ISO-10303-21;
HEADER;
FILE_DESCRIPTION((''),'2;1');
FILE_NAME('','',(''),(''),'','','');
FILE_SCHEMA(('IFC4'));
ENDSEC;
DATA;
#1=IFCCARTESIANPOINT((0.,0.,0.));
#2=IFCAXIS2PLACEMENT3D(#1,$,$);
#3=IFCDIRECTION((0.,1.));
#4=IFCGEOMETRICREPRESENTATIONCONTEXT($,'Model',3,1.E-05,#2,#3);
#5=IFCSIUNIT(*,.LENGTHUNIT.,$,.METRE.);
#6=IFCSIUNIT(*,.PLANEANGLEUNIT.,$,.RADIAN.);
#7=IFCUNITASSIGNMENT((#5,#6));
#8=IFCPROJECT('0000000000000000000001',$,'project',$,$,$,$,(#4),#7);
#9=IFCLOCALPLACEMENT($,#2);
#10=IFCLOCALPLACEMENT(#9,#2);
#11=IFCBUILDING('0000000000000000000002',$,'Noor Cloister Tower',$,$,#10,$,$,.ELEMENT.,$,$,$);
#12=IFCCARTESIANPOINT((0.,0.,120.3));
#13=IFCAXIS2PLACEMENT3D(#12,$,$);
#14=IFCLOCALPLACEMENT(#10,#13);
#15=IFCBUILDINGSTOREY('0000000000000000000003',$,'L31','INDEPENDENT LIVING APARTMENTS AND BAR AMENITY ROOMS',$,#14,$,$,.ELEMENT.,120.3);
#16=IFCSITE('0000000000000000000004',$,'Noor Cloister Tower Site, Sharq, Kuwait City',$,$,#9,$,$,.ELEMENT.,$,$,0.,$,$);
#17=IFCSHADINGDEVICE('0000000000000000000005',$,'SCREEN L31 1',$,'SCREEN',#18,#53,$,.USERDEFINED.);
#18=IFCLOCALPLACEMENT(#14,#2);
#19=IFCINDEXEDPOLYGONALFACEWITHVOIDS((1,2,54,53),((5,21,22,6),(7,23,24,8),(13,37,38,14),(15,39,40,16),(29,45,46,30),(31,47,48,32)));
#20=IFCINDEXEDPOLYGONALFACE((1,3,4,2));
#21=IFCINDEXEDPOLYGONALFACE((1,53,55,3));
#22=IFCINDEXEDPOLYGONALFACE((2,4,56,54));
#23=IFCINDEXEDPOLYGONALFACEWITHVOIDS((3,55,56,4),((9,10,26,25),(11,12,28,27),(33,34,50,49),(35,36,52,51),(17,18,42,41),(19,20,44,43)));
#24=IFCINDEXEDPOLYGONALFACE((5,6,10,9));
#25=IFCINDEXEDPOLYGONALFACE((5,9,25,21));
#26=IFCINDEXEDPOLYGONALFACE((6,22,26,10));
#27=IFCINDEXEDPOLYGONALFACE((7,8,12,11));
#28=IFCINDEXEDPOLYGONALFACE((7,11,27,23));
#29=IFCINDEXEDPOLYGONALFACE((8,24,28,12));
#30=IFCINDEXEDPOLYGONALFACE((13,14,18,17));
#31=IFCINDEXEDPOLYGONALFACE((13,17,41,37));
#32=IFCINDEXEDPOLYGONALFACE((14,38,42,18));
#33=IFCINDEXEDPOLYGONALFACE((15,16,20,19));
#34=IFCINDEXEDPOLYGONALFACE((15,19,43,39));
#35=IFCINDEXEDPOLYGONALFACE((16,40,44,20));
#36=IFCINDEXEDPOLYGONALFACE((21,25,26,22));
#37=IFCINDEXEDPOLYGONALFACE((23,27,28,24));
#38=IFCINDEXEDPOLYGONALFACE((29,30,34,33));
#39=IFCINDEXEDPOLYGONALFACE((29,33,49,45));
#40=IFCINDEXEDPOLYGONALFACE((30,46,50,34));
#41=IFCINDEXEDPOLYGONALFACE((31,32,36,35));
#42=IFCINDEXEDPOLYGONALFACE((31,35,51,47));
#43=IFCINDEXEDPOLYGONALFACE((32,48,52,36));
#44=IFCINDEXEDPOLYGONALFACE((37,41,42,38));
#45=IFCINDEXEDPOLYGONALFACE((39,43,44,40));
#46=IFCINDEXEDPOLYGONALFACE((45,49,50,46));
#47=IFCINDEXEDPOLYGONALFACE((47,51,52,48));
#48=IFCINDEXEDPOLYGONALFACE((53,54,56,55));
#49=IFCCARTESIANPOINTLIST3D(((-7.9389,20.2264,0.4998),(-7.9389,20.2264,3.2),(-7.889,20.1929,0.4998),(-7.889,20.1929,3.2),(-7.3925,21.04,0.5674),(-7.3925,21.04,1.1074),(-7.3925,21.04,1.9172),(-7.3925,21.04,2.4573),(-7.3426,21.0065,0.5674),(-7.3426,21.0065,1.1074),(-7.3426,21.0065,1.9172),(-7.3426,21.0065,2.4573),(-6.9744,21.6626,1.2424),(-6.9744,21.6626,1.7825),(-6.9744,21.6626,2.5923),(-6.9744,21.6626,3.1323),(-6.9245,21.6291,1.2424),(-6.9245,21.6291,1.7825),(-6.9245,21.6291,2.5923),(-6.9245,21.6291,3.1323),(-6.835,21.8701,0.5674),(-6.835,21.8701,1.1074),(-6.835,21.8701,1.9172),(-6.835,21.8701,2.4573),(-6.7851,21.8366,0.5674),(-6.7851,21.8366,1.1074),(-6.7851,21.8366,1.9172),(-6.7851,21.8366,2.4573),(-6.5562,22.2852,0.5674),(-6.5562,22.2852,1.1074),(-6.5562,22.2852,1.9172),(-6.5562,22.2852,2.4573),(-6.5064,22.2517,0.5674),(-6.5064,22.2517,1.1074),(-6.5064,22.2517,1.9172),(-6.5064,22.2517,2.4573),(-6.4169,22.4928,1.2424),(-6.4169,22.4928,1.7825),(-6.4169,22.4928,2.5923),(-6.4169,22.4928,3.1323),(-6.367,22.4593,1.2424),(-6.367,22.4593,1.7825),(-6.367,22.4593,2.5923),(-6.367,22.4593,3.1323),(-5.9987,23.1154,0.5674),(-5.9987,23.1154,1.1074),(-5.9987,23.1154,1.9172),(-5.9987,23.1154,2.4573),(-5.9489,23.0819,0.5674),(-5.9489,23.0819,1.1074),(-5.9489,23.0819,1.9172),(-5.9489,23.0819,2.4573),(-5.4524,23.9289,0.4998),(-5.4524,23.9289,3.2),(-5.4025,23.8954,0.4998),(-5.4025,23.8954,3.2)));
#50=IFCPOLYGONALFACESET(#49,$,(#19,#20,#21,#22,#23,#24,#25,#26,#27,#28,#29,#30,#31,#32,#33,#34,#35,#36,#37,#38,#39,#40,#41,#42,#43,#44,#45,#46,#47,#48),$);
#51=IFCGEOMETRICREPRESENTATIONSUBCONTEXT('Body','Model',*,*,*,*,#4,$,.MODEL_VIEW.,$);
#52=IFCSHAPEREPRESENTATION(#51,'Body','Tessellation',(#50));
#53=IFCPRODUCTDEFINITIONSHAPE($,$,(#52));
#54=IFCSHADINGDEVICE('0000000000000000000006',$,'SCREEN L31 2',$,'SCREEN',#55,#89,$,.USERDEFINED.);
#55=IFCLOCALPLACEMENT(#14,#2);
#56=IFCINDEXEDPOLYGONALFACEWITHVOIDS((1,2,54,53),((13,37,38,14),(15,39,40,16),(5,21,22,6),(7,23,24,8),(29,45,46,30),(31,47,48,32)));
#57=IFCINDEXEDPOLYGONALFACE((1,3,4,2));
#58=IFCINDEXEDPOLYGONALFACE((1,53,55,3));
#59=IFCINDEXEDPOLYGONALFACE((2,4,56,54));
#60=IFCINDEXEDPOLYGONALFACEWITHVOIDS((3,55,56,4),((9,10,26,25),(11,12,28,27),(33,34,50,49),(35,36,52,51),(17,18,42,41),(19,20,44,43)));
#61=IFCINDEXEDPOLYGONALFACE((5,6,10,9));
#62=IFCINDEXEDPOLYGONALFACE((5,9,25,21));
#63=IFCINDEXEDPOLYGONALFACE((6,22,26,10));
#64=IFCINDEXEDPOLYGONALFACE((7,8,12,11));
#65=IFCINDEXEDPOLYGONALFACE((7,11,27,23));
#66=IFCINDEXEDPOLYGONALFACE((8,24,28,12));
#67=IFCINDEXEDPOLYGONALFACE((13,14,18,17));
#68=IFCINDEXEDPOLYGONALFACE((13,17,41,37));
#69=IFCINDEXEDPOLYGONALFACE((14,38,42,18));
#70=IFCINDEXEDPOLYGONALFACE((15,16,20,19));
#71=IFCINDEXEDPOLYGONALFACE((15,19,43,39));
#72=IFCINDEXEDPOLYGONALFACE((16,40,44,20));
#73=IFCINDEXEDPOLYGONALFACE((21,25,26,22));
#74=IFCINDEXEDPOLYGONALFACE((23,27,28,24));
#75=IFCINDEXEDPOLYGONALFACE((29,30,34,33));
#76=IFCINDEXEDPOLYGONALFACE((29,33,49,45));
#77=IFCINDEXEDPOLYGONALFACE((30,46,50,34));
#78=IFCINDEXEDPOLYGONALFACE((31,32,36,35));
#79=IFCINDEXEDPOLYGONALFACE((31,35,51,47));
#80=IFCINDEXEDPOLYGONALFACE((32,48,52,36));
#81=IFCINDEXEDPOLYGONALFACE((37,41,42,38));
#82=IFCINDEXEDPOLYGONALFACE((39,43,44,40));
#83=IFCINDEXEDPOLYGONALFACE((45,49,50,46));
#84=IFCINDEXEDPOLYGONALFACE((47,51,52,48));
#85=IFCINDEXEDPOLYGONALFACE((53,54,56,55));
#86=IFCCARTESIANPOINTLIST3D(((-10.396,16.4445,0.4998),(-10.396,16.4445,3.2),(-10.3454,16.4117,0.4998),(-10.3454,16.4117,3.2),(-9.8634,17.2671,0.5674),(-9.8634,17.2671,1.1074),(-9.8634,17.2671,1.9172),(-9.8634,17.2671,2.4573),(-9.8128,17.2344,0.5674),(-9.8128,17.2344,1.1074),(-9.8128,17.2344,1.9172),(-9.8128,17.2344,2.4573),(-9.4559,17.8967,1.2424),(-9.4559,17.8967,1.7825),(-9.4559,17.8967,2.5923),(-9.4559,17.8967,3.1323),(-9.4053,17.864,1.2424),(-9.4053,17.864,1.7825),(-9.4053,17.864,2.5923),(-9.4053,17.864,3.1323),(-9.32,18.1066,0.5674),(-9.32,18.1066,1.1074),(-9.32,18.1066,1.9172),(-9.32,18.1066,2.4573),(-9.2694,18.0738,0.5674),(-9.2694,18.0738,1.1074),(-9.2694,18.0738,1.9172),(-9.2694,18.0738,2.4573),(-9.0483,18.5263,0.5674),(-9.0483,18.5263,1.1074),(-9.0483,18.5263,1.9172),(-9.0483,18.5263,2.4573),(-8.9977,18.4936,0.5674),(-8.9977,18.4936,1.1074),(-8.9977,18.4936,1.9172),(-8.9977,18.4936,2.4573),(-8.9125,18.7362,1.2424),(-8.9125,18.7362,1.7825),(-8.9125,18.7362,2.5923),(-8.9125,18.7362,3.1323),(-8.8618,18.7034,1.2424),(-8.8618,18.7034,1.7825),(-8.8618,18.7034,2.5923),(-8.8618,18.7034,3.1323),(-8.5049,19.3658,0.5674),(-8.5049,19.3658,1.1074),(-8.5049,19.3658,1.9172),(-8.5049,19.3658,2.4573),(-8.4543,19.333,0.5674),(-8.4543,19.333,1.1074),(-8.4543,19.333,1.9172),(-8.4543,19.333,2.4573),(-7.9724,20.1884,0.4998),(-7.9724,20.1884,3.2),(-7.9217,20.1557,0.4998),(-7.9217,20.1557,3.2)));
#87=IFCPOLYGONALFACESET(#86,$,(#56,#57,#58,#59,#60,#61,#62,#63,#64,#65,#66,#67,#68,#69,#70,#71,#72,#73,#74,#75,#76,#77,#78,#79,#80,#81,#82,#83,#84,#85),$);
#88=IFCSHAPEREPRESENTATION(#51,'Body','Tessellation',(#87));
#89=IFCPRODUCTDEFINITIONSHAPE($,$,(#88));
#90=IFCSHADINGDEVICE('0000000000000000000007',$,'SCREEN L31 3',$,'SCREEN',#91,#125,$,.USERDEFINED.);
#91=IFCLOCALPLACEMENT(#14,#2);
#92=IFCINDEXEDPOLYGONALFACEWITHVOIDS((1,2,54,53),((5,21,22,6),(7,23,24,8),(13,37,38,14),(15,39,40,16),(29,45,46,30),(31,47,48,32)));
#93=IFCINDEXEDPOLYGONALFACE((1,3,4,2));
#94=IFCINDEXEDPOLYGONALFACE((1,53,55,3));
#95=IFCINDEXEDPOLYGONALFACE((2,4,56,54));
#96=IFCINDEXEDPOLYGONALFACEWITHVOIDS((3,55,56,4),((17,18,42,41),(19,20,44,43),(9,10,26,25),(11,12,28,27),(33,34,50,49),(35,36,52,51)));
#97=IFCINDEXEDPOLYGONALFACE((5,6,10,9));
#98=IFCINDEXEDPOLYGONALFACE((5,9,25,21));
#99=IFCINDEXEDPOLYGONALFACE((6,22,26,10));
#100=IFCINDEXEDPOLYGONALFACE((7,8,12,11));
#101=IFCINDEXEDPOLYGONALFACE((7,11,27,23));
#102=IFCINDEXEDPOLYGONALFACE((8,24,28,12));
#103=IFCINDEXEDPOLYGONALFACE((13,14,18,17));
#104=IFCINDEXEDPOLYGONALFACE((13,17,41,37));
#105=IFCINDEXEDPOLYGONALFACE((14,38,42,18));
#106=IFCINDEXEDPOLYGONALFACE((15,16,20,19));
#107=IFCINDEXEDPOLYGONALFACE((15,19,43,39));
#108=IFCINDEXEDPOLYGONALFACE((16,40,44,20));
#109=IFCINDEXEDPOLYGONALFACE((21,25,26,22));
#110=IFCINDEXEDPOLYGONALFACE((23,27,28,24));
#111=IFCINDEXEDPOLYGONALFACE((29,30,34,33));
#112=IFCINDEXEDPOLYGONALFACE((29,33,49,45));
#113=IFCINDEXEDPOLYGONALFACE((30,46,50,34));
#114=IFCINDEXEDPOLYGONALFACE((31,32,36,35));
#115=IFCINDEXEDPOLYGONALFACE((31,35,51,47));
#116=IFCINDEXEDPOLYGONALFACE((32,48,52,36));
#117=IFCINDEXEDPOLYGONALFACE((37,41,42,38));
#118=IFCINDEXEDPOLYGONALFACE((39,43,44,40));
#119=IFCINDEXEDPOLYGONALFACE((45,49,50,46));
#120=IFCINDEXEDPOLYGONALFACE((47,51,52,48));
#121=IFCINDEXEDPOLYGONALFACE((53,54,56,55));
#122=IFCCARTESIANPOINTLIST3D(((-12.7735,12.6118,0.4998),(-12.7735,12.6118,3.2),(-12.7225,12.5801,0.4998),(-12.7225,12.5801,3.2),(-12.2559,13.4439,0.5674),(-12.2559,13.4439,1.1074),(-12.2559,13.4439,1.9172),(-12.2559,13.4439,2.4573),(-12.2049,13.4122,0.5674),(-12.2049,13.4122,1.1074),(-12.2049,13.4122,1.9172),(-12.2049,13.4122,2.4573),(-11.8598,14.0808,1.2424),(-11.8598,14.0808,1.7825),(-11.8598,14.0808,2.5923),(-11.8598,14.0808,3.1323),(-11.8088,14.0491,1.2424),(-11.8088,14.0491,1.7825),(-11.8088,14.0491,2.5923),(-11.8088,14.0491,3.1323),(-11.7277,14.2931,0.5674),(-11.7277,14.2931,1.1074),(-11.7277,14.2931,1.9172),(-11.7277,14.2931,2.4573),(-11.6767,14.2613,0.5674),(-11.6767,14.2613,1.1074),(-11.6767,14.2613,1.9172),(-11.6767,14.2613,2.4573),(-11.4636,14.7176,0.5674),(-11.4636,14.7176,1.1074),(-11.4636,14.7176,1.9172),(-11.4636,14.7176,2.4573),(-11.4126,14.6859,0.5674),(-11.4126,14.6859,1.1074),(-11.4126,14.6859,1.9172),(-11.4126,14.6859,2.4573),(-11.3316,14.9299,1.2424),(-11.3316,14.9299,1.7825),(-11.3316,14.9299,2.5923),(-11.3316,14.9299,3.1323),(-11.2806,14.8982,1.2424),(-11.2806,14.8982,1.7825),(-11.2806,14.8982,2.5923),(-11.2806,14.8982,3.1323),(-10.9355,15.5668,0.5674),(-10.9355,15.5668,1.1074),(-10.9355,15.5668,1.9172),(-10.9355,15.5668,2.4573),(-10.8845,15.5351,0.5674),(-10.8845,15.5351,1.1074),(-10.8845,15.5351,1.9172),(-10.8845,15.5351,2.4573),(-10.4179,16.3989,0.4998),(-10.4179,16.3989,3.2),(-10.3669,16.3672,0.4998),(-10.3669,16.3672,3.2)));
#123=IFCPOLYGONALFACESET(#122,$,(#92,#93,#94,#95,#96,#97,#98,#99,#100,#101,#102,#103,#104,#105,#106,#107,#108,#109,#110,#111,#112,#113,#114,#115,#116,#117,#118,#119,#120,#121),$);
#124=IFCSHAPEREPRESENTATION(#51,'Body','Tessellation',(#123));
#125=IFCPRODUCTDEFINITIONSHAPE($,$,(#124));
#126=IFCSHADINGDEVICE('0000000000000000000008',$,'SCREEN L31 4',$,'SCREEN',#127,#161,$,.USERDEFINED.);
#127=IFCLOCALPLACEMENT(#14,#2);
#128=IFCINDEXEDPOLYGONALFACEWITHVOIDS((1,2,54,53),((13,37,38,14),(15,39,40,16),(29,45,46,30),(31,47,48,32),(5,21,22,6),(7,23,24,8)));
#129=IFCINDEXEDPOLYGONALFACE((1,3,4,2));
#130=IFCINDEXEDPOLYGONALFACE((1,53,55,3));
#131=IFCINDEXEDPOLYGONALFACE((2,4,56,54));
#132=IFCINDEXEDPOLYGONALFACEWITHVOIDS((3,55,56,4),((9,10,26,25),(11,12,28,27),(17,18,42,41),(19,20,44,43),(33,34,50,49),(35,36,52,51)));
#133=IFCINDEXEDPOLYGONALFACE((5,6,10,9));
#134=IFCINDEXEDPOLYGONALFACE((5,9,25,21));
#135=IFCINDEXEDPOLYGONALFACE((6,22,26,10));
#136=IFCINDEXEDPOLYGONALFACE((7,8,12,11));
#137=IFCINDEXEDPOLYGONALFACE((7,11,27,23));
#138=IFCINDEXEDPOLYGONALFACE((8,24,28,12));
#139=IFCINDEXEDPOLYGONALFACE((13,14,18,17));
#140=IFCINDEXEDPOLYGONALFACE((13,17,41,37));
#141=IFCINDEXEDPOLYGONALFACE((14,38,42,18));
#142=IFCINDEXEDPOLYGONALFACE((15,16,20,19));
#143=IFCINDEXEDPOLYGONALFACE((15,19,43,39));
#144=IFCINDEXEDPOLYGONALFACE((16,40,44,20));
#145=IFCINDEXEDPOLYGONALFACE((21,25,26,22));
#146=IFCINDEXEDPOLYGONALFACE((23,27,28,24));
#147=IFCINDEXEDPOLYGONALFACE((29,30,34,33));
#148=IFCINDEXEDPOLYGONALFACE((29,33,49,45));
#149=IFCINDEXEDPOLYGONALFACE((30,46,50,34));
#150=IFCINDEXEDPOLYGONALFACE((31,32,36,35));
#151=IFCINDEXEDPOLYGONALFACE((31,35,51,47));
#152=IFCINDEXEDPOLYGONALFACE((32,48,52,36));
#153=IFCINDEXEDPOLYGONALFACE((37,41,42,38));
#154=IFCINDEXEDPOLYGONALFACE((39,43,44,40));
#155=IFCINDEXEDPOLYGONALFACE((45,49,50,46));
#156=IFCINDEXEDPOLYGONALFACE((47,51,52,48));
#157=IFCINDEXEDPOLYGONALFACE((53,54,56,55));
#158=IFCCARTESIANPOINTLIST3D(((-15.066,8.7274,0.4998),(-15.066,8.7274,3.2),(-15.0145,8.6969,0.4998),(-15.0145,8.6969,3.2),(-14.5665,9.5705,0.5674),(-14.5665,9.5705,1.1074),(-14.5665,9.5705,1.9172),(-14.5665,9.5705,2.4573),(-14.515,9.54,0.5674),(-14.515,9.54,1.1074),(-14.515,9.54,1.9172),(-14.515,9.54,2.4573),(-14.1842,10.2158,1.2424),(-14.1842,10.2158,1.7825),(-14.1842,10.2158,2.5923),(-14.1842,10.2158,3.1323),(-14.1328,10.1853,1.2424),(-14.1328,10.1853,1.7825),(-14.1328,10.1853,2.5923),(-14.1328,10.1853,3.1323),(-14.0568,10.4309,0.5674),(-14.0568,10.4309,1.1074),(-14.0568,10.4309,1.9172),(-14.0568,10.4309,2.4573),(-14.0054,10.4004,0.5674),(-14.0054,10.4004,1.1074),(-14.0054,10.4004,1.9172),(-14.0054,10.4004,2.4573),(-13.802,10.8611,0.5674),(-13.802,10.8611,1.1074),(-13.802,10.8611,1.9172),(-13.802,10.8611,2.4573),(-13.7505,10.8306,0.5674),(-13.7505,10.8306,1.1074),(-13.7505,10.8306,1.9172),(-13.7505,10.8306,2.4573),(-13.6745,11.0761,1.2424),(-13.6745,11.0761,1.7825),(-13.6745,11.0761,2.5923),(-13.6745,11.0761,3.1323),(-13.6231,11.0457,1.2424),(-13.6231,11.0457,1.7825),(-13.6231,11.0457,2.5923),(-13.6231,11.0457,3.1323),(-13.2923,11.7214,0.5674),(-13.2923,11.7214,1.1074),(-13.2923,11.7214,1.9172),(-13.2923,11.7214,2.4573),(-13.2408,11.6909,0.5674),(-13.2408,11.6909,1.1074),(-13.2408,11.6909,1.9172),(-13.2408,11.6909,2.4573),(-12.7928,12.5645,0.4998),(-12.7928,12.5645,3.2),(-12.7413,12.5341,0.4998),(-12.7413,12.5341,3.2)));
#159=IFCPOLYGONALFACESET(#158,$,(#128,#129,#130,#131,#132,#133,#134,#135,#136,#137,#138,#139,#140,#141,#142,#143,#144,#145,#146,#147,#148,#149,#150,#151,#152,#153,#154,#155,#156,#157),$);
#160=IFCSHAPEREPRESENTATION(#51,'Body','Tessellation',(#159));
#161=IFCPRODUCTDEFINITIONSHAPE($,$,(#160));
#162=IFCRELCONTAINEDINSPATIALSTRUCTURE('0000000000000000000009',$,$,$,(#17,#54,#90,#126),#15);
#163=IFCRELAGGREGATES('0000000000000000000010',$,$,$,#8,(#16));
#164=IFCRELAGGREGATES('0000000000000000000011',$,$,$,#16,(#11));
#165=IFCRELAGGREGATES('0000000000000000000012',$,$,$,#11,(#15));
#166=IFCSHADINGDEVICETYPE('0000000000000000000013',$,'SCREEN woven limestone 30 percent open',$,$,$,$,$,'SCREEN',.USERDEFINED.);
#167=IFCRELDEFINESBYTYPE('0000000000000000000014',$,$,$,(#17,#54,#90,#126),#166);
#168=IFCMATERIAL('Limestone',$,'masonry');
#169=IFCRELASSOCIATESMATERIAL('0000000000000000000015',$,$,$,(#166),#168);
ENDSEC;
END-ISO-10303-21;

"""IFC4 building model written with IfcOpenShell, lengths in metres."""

from ifc_helpers import new_model, si_unit, direction, frame, origin, place, context, subcontext, project, spatial, polyline, outline, extrude, material, material_profile, profile_set, type_object, element, save


model = new_model("IFC4")

# Units and contexts
model_context = context("Model", 3, precision=1e-05, world=origin(), true_north=direction((0.0, 1.0)))
body_context = subcontext(model_context, "Body", "Model", "MODEL_VIEW")
ifc_project = project(units=[si_unit("LENGTHUNIT", "METRE"), si_unit("PLANEANGLEUNIT", "RADIAN")], contexts=[model_context])

# Site, building, storey
site_placement = place(None, origin())
site = spatial("IfcSite", under=ifc_project, at=site_placement, Name="Noor Cloister Tower Site, Sharq, Kuwait City", CompositionType="ELEMENT", RefElevation=0.0)
building_placement = place(site_placement, origin())
building = spatial("IfcBuilding", under=site, at=building_placement, Name="Noor Cloister Tower", CompositionType="ELEMENT")
storey_placement = place(building_placement, frame((0.0, 0.0, 120.3)))
storey = spatial("IfcBuildingStorey", under=building, at=storey_placement, Name="L31", Description="INDEPENDENT LIVING APARTMENTS AND BAR AMENITY ROOMS", CompositionType="ELEMENT", Elevation=120.3)

# Shading devices
ifc_material_1 = material(Name="Limestone", Category="masonry")
ifc_material_profile_1 = material_profile(ifc_material_1, outline(polyline([(-2.23, -1.3501), (2.23, -1.3501), (2.23, 1.3501), (-2.23, 1.3501), (-2.23, -1.3501)]), holes=[polyline([(-1.25, -1.2825), (-0.25, -1.2825), (-0.25, -0.7424), (-1.25, -0.7424), (-1.25, -1.2825)]), polyline([(0.25, -1.2825), (1.25, -1.2825), (1.25, -0.7424), (0.25, -0.7424), (0.25, -1.2825)]), polyline([(-0.5, -0.6074), (0.5, -0.6074), (0.5, -0.0674), (-0.5, -0.0674), (-0.5, -0.6074)]), polyline([(-1.25, 0.0674), (-0.25, 0.0674), (-0.25, 0.6074), (-1.25, 0.6074), (-1.25, 0.0674)]), polyline([(0.25, 0.0674), (1.25, 0.0674), (1.25, 0.6074), (0.25, 0.6074), (0.25, 0.0674)]), polyline([(-0.5, 0.7424), (0.5, 0.7424), (0.5, 1.2825), (-0.5, 1.2825), (-0.5, 0.7424)])]), Name="Woven screen 30 percent open")
ifc_profile_set_1 = profile_set([ifc_material_profile_1], Name="Limestone")
shading_device_type = type_object("IfcShadingDeviceType", Name="SCREEN woven limestone 30 percent open", ElementType="SCREEN", PredefinedType="USERDEFINED", material=ifc_profile_set_1)
shading_device_1_placement = place(storey_placement, frame((-6.6458, 22.0442, 1.8499), z_axis=(-0.830167, 0.557514, 0.0), x_axis=(-0.557514, -0.830167, 0.0)))
element("IfcShadingDevice", 1, at=shading_device_1_placement, inside=storey, type_object=shading_device_type, Name="SCREEN L31 1", ObjectType="SCREEN", PredefinedType="USERDEFINED", context=body_context, shape_type="SweptSolid", body=[
    extrude(outline(polyline([(-2.23, -1.3501), (2.23, -1.3501), (2.23, 1.3501), (-2.23, 1.3501), (-2.23, -1.3501)]), holes=[polyline([(-1.25, -1.2825), (-0.25, -1.2825), (-0.25, -0.7424), (-1.25, -0.7424), (-1.25, -1.2825)]), polyline([(0.25, -1.2825), (1.25, -1.2825), (1.25, -0.7424), (0.25, -0.7424), (0.25, -1.2825)]), polyline([(-0.5, -0.6074), (0.5, -0.6074), (0.5, -0.0674), (-0.5, -0.0674), (-0.5, -0.6074)]), polyline([(-1.25, 0.0674), (-0.25, 0.0674), (-0.25, 0.6074), (-1.25, 0.6074), (-1.25, 0.0674)]), polyline([(0.25, 0.0674), (1.25, 0.0674), (1.25, 0.6074), (0.25, 0.6074), (0.25, 0.0674)]), polyline([(-0.5, 0.7424), (0.5, 0.7424), (0.5, 1.2825), (-0.5, 1.2825), (-0.5, 0.7424)])]), origin(), (0.0, 0.0, 1.0), 0.0601),
])
shading_device_2_placement = place(storey_placement, frame((-9.1335, 18.2837, 1.8499), z_axis=(-0.839461, 0.543419, 0.0), x_axis=(-0.543419, -0.839461, 0.0)))
element("IfcShadingDevice", 2, at=shading_device_2_placement, inside=storey, type_object=shading_device_type, Name="SCREEN L31 2", ObjectType="SCREEN", PredefinedType="USERDEFINED", context=body_context, shape_type="SweptSolid", body=[
    extrude(outline(polyline([(-2.23, -1.3501), (2.23, -1.3501), (2.23, 1.3501), (-2.23, 1.3501), (-2.23, -1.3501)]), holes=[polyline([(-1.25, -1.2825), (-0.25, -1.2825), (-0.25, -0.7424), (-1.25, -0.7424), (-1.25, -1.2825)]), polyline([(0.25, -1.2825), (1.25, -1.2825), (1.25, -0.7424), (0.25, -0.7424), (0.25, -1.2825)]), polyline([(-0.5, -0.6074), (0.5, -0.6074), (0.5, -0.0674), (-0.5, -0.0674), (-0.5, -0.6074)]), polyline([(-1.25, 0.0674), (-0.25, 0.0674), (-0.25, 0.6074), (-1.25, 0.6074), (-1.25, 0.0674)]), polyline([(0.25, 0.0674), (1.25, 0.0674), (1.25, 0.6074), (0.25, 0.6074), (0.25, 0.0674)]), polyline([(-0.5, 0.7424), (0.5, 0.7424), (0.5, 1.2825), (-0.5, 1.2825), (-0.5, 0.7424)])]), origin(), (0.0, 0.0, 1.0), 0.0603),
])
shading_device_3_placement = place(storey_placement, frame((-11.5447, 14.4736, 1.8499), z_axis=(-0.849138, 0.528172, 0.0), x_axis=(-0.528172, -0.849138, 0.0)))
element("IfcShadingDevice", 3, at=shading_device_3_placement, inside=storey, type_object=shading_device_type, Name="SCREEN L31 3", ObjectType="SCREEN", PredefinedType="USERDEFINED", context=body_context, shape_type="SweptSolid", body=[
    extrude(outline(polyline([(-2.23, -1.3501), (2.23, -1.3501), (2.23, 1.3501), (-2.23, 1.3501), (-2.23, -1.3501)]), holes=[polyline([(-1.25, -1.2825), (-0.25, -1.2825), (-0.25, -0.7424), (-1.25, -0.7424), (-1.25, -1.2825)]), polyline([(0.25, -1.2825), (1.25, -1.2825), (1.25, -0.7424), (0.25, -0.7424), (0.25, -1.2825)]), polyline([(-0.5, -0.6074), (0.5, -0.6074), (0.5, -0.0674), (-0.5, -0.0674), (-0.5, -0.6074)]), polyline([(-1.25, 0.0674), (-0.25, 0.0674), (-0.25, 0.6074), (-1.25, 0.6074), (-1.25, 0.0674)]), polyline([(0.25, 0.0674), (1.25, 0.0674), (1.25, 0.6074), (0.25, 0.6074), (0.25, 0.0674)]), polyline([(-0.5, 0.7424), (0.5, 0.7424), (0.5, 1.2825), (-0.5, 1.2825), (-0.5, 0.7424)])]), origin(), (0.0, 0.0, 1.0), 0.0601),
])
shading_device_4_placement = place(storey_placement, frame((-13.8779, 10.6155, 1.8499), z_axis=(-0.860358, 0.509691, 0.0), x_axis=(-0.509691, -0.860358, 0.0)))
element("IfcShadingDevice", 4, at=shading_device_4_placement, inside=storey, type_object=shading_device_type, Name="SCREEN L31 4", ObjectType="SCREEN", PredefinedType="USERDEFINED", context=body_context, shape_type="SweptSolid", body=[
    extrude(outline(polyline([(-2.23, -1.3501), (2.23, -1.3501), (2.23, 1.3501), (-2.23, 1.3501), (-2.23, -1.3501)]), holes=[polyline([(-1.25, -1.2825), (-0.25, -1.2825), (-0.25, -0.7424), (-1.25, -0.7424), (-1.25, -1.2825)]), polyline([(0.25, -1.2825), (1.25, -1.2825), (1.25, -0.7424), (0.25, -0.7424), (0.25, -1.2825)]), polyline([(-0.5, -0.6074), (0.5, -0.6074), (0.5, -0.0674), (-0.5, -0.0674), (-0.5, -0.6074)]), polyline([(-1.25, 0.0674), (-0.25, 0.0674), (-0.25, 0.6074), (-1.25, 0.6074), (-1.25, 0.0674)]), polyline([(0.25, 0.0674), (1.25, 0.0674), (1.25, 0.6074), (0.25, 0.6074), (0.25, 0.0674)]), polyline([(-0.5, 0.7424), (0.5, 0.7424), (0.5, 1.2825), (-0.5, 1.2825), (-0.5, 0.7424)])]), origin(), (0.0, 0.0, 1.0), 0.0598),
])

save(model, "model.ifc")
